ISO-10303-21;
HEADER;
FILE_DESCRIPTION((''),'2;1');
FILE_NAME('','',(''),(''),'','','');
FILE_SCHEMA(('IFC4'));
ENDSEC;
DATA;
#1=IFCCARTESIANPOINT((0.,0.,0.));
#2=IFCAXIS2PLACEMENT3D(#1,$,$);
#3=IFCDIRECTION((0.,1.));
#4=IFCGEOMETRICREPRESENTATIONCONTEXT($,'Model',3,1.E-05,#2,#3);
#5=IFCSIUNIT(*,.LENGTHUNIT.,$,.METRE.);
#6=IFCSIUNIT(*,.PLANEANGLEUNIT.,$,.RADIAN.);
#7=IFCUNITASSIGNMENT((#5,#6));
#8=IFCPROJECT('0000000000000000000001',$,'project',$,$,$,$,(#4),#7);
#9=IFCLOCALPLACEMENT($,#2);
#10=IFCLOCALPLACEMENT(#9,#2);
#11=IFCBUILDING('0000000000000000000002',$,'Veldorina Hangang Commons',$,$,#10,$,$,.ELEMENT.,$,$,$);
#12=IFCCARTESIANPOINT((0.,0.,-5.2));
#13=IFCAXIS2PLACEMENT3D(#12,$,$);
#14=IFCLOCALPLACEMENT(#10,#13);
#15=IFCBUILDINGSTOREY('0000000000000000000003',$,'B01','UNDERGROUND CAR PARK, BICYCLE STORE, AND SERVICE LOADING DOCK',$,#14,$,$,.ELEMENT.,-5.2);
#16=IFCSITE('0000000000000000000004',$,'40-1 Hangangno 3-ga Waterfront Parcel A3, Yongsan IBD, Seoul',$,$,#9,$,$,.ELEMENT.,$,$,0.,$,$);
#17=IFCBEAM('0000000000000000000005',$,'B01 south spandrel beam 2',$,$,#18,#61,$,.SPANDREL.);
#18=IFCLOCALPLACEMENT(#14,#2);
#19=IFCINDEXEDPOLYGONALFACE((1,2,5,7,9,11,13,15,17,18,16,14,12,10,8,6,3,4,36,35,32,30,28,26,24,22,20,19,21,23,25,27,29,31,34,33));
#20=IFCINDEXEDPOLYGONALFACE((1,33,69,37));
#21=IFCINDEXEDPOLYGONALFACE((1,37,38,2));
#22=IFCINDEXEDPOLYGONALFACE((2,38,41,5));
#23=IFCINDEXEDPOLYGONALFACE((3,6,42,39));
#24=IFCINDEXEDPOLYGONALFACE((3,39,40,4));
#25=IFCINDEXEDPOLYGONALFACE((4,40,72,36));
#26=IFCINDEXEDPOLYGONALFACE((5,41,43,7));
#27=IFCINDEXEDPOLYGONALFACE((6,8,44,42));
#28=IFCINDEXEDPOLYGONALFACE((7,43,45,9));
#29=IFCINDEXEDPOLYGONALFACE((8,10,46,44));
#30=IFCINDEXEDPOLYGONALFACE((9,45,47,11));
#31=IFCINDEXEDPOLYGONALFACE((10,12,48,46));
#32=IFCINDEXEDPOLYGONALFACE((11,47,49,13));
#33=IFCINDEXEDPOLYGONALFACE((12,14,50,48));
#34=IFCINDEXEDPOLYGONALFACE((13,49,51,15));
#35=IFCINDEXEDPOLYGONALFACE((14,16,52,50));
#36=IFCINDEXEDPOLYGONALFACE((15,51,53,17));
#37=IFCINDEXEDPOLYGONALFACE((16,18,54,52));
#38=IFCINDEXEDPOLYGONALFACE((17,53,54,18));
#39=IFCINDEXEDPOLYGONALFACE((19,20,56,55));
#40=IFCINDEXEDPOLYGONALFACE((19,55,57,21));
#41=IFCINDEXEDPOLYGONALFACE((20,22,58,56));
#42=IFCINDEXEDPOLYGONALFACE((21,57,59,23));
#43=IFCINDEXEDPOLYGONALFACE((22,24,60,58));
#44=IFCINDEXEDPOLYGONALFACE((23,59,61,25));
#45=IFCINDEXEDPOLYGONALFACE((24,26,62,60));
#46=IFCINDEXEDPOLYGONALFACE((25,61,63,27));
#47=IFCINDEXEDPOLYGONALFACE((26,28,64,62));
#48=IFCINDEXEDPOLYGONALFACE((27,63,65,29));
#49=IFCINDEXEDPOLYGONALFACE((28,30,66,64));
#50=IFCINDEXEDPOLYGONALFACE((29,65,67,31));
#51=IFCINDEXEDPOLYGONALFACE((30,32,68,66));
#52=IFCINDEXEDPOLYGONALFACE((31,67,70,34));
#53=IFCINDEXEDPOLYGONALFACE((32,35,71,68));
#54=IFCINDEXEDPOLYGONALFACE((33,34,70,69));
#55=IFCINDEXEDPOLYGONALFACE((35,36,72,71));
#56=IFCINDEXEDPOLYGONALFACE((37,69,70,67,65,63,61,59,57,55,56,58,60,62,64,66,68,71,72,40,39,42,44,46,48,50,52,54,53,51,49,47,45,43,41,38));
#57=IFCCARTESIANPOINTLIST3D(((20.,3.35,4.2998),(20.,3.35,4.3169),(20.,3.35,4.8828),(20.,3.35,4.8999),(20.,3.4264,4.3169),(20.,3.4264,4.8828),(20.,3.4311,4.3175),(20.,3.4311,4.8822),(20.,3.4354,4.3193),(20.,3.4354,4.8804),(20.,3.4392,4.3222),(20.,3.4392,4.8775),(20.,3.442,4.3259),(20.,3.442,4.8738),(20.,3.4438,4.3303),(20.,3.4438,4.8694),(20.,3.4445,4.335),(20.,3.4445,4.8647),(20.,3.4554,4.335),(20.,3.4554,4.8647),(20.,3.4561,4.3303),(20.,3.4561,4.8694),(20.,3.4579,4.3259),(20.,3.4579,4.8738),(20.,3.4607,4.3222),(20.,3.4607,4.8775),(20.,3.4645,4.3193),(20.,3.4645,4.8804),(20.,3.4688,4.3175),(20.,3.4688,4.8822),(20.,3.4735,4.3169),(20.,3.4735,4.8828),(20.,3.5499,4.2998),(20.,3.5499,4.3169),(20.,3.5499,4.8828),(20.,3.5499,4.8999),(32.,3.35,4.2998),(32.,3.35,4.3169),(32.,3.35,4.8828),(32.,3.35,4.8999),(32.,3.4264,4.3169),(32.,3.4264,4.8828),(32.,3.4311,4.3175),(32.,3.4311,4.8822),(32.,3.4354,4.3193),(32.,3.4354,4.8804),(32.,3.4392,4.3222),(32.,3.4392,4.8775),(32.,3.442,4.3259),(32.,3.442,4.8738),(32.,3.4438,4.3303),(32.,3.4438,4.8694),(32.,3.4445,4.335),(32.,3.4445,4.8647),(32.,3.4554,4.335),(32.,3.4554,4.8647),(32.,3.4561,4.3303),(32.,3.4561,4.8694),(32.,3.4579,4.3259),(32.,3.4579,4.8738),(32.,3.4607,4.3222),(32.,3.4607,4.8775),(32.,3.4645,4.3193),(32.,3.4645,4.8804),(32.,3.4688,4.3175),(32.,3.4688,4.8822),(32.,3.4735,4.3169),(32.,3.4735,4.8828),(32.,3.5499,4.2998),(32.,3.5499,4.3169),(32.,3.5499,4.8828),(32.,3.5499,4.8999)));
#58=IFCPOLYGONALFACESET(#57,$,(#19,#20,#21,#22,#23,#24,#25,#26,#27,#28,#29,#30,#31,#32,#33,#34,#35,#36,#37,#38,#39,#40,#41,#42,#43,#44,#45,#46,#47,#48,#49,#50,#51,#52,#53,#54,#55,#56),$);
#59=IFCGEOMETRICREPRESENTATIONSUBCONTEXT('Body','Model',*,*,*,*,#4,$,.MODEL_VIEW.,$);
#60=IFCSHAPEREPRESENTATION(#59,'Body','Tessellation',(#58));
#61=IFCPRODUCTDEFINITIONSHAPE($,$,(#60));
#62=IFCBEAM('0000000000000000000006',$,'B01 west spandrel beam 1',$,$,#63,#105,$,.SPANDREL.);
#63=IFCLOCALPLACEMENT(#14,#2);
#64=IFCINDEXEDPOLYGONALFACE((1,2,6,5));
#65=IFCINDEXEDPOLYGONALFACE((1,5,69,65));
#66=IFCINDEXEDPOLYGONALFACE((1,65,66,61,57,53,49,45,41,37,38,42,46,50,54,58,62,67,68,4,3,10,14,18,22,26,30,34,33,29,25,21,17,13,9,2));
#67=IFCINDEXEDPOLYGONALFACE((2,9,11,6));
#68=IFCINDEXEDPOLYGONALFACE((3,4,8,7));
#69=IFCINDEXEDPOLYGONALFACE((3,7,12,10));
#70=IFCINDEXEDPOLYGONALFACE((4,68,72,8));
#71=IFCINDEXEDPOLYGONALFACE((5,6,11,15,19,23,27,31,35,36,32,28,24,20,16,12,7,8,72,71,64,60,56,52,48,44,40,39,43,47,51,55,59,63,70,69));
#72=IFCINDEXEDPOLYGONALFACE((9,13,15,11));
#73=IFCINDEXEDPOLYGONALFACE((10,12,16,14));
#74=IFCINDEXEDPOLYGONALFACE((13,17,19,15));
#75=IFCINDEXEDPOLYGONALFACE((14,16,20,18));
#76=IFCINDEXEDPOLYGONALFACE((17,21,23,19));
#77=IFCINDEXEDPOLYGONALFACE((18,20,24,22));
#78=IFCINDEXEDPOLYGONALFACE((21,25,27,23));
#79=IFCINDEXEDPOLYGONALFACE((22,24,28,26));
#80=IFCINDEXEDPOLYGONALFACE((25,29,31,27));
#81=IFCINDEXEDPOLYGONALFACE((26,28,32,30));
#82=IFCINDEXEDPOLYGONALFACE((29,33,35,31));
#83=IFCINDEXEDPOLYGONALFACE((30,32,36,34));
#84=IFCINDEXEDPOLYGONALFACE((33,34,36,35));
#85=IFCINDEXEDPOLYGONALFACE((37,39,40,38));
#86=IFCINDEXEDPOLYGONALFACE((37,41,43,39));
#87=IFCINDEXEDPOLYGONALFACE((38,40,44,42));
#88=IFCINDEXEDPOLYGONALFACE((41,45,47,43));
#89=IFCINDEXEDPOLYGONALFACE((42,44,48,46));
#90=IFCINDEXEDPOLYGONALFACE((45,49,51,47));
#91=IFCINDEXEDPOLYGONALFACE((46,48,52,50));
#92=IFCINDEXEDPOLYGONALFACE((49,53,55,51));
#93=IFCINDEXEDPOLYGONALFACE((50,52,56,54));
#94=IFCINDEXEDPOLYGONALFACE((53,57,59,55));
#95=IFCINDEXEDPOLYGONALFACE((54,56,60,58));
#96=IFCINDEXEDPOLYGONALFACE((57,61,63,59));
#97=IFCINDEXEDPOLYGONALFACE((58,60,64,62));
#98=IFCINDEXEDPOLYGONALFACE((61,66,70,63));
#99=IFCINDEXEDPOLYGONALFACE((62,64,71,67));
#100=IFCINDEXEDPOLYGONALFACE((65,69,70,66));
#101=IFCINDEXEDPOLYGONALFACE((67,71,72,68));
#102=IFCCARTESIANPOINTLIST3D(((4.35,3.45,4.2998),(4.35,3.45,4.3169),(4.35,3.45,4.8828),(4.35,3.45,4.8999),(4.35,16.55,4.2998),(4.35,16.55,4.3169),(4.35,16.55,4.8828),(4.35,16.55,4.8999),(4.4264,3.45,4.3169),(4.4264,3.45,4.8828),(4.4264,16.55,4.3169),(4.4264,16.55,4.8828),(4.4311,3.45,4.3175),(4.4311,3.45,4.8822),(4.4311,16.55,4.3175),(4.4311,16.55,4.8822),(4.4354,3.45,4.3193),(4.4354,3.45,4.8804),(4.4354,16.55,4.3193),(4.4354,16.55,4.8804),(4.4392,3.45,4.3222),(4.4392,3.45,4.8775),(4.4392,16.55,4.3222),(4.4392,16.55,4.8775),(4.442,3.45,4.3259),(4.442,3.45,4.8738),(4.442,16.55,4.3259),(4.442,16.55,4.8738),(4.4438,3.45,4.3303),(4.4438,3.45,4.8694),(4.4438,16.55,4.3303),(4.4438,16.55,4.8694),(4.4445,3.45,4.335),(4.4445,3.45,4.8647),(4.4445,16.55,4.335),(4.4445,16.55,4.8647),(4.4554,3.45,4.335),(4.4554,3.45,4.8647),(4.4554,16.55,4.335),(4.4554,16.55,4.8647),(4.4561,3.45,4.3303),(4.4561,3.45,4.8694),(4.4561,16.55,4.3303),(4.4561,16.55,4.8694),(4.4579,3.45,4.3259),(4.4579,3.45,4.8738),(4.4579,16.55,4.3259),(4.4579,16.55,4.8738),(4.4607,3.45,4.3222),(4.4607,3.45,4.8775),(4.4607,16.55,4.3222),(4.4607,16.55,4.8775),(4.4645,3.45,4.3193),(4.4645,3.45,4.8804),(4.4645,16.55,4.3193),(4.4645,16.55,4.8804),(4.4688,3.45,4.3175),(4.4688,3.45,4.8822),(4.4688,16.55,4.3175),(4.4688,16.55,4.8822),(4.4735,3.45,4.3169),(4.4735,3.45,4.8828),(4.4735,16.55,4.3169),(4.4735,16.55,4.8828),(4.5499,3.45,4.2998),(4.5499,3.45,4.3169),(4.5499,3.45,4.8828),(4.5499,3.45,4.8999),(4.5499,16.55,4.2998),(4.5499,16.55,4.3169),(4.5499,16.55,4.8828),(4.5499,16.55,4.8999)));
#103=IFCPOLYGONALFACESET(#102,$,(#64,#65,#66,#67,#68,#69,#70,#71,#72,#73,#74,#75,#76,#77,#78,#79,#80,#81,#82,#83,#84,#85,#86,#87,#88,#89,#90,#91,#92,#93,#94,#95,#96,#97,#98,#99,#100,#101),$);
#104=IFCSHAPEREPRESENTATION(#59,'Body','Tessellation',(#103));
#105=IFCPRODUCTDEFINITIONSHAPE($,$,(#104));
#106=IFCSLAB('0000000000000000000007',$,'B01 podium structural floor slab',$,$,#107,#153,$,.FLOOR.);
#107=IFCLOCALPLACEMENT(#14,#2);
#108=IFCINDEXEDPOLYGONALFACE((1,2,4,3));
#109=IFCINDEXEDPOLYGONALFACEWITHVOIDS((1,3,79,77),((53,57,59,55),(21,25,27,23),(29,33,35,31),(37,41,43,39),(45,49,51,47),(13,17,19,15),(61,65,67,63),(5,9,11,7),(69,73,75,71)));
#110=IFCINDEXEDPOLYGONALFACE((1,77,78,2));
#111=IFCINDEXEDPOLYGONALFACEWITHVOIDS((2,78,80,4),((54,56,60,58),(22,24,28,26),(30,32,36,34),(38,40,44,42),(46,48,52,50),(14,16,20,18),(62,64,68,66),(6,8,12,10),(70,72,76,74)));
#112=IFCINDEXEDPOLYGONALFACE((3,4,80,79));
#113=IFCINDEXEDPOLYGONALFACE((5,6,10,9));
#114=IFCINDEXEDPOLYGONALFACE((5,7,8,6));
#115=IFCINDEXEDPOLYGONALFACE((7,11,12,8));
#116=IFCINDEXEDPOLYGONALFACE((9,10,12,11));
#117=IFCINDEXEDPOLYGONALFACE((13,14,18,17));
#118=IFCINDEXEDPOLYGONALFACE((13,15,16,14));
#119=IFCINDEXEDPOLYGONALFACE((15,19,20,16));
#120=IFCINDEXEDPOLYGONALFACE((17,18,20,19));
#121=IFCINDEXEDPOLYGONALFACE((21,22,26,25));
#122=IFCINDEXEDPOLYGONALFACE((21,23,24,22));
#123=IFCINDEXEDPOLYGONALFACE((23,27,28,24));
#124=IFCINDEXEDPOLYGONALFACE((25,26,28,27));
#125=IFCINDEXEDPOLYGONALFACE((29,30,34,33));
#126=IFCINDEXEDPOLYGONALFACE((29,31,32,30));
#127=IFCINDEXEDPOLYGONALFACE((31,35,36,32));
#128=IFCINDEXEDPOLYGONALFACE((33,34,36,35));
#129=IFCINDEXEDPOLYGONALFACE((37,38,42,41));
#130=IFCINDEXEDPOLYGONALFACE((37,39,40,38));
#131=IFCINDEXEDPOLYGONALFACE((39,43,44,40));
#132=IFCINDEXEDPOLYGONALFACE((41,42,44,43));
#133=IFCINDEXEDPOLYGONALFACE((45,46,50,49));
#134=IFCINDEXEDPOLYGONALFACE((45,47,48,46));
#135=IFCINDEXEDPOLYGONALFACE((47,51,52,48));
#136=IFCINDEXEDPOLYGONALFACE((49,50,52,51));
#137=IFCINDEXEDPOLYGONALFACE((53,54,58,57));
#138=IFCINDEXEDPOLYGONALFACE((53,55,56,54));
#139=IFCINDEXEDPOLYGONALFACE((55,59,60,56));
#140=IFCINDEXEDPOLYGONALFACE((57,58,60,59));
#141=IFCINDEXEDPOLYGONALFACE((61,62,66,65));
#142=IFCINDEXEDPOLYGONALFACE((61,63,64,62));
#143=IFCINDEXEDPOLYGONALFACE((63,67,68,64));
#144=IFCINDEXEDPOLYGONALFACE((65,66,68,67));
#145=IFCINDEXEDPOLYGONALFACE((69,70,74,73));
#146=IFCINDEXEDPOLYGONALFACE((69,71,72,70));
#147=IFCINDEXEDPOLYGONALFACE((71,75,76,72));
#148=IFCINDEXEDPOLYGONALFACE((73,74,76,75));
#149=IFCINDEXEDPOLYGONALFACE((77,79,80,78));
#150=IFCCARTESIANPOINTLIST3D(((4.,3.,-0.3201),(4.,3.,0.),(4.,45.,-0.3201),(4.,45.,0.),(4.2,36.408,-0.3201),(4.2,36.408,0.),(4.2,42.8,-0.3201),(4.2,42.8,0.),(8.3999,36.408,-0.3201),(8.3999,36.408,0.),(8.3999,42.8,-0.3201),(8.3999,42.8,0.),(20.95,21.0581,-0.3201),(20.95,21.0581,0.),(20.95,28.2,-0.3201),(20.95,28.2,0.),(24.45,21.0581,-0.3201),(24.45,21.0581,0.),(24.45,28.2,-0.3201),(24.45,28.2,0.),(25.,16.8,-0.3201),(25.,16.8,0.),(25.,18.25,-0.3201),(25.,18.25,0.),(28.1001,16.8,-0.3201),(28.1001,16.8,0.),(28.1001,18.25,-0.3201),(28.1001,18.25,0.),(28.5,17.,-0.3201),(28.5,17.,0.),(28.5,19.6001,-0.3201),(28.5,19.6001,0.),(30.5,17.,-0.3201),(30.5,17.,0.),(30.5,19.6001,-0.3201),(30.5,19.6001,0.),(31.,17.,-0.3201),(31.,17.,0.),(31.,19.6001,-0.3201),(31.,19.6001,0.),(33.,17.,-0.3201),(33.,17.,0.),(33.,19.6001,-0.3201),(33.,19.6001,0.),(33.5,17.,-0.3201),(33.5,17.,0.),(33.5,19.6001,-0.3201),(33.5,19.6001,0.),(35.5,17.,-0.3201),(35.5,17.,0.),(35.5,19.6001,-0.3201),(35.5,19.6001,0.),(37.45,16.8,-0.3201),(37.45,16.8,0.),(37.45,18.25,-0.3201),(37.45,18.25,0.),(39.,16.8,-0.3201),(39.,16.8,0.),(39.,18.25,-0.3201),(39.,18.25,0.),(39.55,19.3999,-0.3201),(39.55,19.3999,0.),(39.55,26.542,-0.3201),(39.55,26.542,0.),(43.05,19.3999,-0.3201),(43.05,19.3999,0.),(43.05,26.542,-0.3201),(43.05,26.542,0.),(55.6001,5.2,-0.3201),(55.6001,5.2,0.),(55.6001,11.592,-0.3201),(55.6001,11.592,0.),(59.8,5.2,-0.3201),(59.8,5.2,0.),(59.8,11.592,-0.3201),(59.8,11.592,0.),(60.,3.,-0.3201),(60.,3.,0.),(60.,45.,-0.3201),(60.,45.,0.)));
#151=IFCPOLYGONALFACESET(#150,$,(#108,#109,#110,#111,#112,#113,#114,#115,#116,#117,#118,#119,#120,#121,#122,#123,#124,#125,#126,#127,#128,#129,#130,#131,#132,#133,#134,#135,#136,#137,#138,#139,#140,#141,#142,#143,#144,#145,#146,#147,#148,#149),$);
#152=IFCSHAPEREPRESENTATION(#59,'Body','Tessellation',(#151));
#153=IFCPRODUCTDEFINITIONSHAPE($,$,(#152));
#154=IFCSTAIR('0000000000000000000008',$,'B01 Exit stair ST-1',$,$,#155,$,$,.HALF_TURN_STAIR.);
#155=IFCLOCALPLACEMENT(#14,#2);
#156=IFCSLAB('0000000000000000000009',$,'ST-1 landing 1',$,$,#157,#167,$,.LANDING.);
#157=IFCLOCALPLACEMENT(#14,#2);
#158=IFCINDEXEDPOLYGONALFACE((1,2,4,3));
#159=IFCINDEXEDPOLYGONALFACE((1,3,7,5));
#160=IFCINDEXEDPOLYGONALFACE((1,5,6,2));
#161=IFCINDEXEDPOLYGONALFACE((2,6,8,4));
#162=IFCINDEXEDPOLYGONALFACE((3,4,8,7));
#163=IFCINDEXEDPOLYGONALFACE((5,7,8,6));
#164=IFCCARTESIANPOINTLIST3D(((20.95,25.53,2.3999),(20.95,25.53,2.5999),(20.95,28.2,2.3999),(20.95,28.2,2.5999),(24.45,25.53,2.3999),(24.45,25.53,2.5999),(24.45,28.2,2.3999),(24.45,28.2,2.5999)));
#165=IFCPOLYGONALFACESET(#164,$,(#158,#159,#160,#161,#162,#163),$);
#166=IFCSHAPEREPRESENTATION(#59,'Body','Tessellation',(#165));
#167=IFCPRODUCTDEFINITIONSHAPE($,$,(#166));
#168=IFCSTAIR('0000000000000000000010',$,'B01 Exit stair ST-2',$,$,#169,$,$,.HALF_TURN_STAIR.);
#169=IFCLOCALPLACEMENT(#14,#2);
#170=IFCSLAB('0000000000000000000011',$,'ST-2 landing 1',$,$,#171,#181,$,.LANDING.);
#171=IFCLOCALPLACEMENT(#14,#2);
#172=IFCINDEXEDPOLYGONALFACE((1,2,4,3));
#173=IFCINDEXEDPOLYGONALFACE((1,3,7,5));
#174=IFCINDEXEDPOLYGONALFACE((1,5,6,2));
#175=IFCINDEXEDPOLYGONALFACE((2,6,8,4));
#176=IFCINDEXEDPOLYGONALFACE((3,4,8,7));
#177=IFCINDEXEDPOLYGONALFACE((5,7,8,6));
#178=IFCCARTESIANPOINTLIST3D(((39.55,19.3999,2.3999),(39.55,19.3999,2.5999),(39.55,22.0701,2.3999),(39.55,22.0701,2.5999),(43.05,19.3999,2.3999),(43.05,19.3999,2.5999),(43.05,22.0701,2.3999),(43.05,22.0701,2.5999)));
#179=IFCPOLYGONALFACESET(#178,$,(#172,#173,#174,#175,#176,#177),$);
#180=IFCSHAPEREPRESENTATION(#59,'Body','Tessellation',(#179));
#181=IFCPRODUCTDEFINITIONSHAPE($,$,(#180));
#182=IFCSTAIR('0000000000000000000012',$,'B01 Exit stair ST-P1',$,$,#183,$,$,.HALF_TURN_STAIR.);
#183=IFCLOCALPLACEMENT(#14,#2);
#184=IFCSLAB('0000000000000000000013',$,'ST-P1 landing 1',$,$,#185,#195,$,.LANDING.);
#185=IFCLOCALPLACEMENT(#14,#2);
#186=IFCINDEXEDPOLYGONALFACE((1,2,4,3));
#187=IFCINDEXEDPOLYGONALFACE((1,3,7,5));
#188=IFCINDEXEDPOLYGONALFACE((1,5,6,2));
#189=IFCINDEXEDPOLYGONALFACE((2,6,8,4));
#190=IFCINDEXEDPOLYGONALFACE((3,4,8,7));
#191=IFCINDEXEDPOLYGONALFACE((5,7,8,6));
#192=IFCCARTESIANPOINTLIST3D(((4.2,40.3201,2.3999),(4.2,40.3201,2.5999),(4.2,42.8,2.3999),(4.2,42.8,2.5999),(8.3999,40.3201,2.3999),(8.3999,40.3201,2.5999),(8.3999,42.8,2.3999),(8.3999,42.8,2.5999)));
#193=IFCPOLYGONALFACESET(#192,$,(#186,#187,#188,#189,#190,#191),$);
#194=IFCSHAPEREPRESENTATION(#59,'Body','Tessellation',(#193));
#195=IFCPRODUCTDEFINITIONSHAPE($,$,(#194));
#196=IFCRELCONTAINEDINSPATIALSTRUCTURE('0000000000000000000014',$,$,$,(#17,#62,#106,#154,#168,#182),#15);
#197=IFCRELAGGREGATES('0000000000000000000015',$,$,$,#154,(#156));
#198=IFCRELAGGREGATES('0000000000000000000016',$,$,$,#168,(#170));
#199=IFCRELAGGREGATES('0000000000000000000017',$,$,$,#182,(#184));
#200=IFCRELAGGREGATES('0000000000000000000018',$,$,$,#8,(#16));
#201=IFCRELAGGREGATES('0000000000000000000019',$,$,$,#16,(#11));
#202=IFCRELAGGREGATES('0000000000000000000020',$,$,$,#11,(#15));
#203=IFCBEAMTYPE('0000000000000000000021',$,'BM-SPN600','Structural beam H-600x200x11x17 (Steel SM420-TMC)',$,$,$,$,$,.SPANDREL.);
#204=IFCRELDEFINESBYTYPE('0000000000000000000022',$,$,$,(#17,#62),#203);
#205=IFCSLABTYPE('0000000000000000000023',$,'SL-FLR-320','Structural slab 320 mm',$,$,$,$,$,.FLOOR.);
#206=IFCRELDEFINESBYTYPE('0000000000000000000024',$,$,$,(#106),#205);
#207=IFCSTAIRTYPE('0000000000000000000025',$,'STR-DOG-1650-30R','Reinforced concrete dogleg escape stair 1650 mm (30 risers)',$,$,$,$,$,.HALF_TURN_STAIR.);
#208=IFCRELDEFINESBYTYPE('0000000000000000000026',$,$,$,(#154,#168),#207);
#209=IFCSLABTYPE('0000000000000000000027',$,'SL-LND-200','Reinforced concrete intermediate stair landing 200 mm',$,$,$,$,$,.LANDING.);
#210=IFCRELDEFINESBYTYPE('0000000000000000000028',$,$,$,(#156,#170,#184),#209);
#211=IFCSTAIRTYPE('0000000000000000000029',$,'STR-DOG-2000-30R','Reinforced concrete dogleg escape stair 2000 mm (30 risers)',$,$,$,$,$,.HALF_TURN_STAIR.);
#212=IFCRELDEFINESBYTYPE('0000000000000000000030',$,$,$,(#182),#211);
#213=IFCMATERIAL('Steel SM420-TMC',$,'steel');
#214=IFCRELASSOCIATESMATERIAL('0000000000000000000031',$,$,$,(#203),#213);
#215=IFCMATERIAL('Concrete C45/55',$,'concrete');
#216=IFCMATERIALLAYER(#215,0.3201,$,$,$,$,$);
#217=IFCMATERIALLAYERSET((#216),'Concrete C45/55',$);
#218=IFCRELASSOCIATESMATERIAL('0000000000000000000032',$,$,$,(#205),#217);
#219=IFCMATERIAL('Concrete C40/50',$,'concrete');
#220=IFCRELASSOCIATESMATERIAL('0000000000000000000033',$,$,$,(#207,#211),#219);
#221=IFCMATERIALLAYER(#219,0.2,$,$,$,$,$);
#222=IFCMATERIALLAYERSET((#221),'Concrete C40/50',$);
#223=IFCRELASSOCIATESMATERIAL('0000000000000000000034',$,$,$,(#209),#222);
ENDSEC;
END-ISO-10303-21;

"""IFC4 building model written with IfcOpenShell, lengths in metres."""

from ifc_helpers import new_model, si_unit, direction, frame, origin, origin_2d, place, context, subcontext, project, spatial, polyline, i_section, outline, extrude, material, layer, layer_set, material_profile, profile_set, type_object, element, aggregate, save


model = new_model("IFC4")

# Units and contexts
model_context = context("Model", 3, precision=1e-05, world=origin(), true_north=direction((0.0, 1.0)))
body_context = subcontext(model_context, "Body", "Model", "MODEL_VIEW")
ifc_project = project(units=[si_unit("LENGTHUNIT", "METRE"), si_unit("PLANEANGLEUNIT", "RADIAN")], contexts=[model_context])

# Site, building, storey
site_placement = place(None, origin())
site = spatial("IfcSite", under=ifc_project, at=site_placement, Name="40-1 Hangangno 3-ga Waterfront Parcel A3, Yongsan IBD, Seoul", CompositionType="ELEMENT", RefElevation=0.0)
building_placement = place(site_placement, origin())
building = spatial("IfcBuilding", under=site, at=building_placement, Name="Veldorina Hangang Commons", CompositionType="ELEMENT")
storey_placement = place(building_placement, frame((0.0, 0.0, -5.2)))
storey = spatial("IfcBuildingStorey", under=building, at=storey_placement, Name="B01", Description="UNDERGROUND CAR PARK, BICYCLE STORE, AND SERVICE LOADING DOCK", CompositionType="ELEMENT", Elevation=-5.2)

# Beams
ifc_material_1 = material(Name="Steel SM420-TMC", Category="steel")
ifc_material_profile_1 = material_profile(ifc_material_1, i_section(OverallWidth=0.2, OverallDepth=0.6001, WebThickness=0.011, FlangeThickness=0.0171, FilletRadius=0.0181, at=origin_2d()), Name="H-600x200x11x17")
ifc_profile_set_1 = profile_set([ifc_material_profile_1], Name="Steel SM420-TMC")
beam_type = type_object("IfcBeamType", Name="BM-SPN600", Description="Structural beam H-600x200x11x17 (Steel SM420-TMC)", PredefinedType="SPANDREL", material=ifc_profile_set_1)
beam_1_placement = place(storey_placement, frame((20.0, 3.45, 4.5999), z_axis=(1.0, 0.0, 0.0), x_axis=(0.0, 1.0, 0.0)))
element("IfcBeam", 1, at=beam_1_placement, inside=storey, type_object=beam_type, Name="B01 south spandrel beam 2", PredefinedType="SPANDREL", context=body_context, shape_type="SweptSolid", body=[
    extrude(i_section(OverallWidth=0.2, OverallDepth=0.6001, WebThickness=0.011, FlangeThickness=0.0171, FilletRadius=0.0181, at=origin_2d()), origin(), (0.0, 0.0, 1.0), 12.0),
])
beam_2_placement = place(storey_placement, frame((4.45, 3.45, 4.5999), z_axis=(0.0, 1.0, 0.0), x_axis=(-1.0, 0.0, 0.0)))
element("IfcBeam", 2, at=beam_2_placement, inside=storey, type_object=beam_type, Name="B01 west spandrel beam 1", PredefinedType="SPANDREL", context=body_context, shape_type="SweptSolid", body=[
    extrude(i_section(OverallWidth=0.2, OverallDepth=0.6001, WebThickness=0.011, FlangeThickness=0.0171, FilletRadius=0.0181, at=origin_2d()), origin(), (0.0, 0.0, 1.0), 13.1001),
])

# Slab
ifc_material_2 = material(Name="Concrete C45/55", Category="concrete")
ifc_layer_1 = layer(ifc_material_2, 0.3201)
ifc_layer_set_1 = layer_set([ifc_layer_1], Name="Concrete C45/55")
slab_type_1 = type_object("IfcSlabType", Name="SL-FLR-320", Description="Structural slab 320 mm", PredefinedType="FLOOR", material=ifc_layer_set_1)
slab_1_placement = place(storey_placement, frame((0.0, 0.0, -0.3201)))
element("IfcSlab", 3, at=slab_1_placement, inside=storey, type_object=slab_type_1, Name="B01 podium structural floor slab", PredefinedType="FLOOR", context=body_context, shape_type="SweptSolid", body=[
    extrude(outline(polyline([(4.0, 3.0), (60.0, 3.0), (60.0, 45.0), (4.0, 45.0), (4.0, 3.0)]), holes=[polyline([(20.95, 21.0581), (20.95, 28.2), (24.45, 28.2), (24.45, 21.0581), (20.95, 21.0581)]), polyline([(43.05, 26.542), (43.05, 19.3999), (39.55, 19.3999), (39.55, 26.542), (43.05, 26.542)]), polyline([(4.2, 36.408), (4.2, 42.8), (8.3999, 42.8), (8.3999, 36.408), (4.2, 36.408)]), polyline([(59.8, 11.592), (59.8, 5.2), (55.6001, 5.2), (55.6001, 11.592), (59.8, 11.592)]), polyline([(28.5, 19.6001), (30.5, 19.6001), (30.5, 17.0), (28.5, 17.0), (28.5, 19.6001)]), polyline([(31.0, 19.6001), (33.0, 19.6001), (33.0, 17.0), (31.0, 17.0), (31.0, 19.6001)]), polyline([(33.5, 19.6001), (35.5, 19.6001), (35.5, 17.0), (33.5, 17.0), (33.5, 19.6001)]), polyline([(25.0, 18.25), (28.1001, 18.25), (28.1001, 16.8), (25.0, 16.8), (25.0, 18.25)]), polyline([(37.45, 18.25), (39.0, 18.25), (39.0, 16.8), (37.45, 16.8), (37.45, 18.25)])]), origin(), (0.0, 0.0, 1.0), 0.3201),
])

# Stairs, slabs
ifc_material_3 = material(Name="Concrete C40/50", Category="concrete")
stair_type_1 = type_object("IfcStairType", Name="STR-DOG-1650-30R", Description="Reinforced concrete dogleg escape stair 1650 mm (30 risers)", PredefinedType="HALF_TURN_STAIR", material=ifc_material_3)
stair_1_placement = place(storey_placement, origin())
stair_1 = element("IfcStair", 4, at=stair_1_placement, inside=storey, type_object=stair_type_1, Name="B01 Exit stair ST-1", PredefinedType="HALF_TURN_STAIR")
ifc_layer_2 = layer(ifc_material_3, 0.2)
ifc_layer_set_2 = layer_set([ifc_layer_2], Name="Concrete C40/50")
slab_type_2 = type_object("IfcSlabType", Name="SL-LND-200", Description="Reinforced concrete intermediate stair landing 200 mm", PredefinedType="LANDING", material=ifc_layer_set_2)
slab_2_placement = place(storey_placement, frame((0.0, 0.0, 2.3999)))
slab_2 = element("IfcSlab", 5, at=slab_2_placement, type_object=slab_type_2, Name="ST-1 landing 1", PredefinedType="LANDING", context=body_context, shape_type="SweptSolid", body=[
    extrude(outline(polyline([(24.45, 25.53), (24.45, 28.2), (20.95, 28.2), (20.95, 25.53), (24.45, 25.53)])), origin(), (0.0, 0.0, 1.0), 0.2),
])
aggregate(stair_1, [slab_2])
stair_2_placement = place(storey_placement, origin())
stair_2 = element("IfcStair", 6, at=stair_2_placement, inside=storey, type_object=stair_type_1, Name="B01 Exit stair ST-2", PredefinedType="HALF_TURN_STAIR")
slab_3_placement = place(storey_placement, frame((0.0, 0.0, 2.3999)))
slab_3 = element("IfcSlab", 7, at=slab_3_placement, type_object=slab_type_2, Name="ST-2 landing 1", PredefinedType="LANDING", context=body_context, shape_type="SweptSolid", body=[
    extrude(outline(polyline([(39.55, 22.0701), (39.55, 19.3999), (43.05, 19.3999), (43.05, 22.0701), (39.55, 22.0701)])), origin(), (0.0, 0.0, 1.0), 0.2),
])
aggregate(stair_2, [slab_3])
stair_type_2 = type_object("IfcStairType", Name="STR-DOG-2000-30R", Description="Reinforced concrete dogleg escape stair 2000 mm (30 risers)", PredefinedType="HALF_TURN_STAIR", material=ifc_material_3)
stair_3_placement = place(storey_placement, origin())
stair_3 = element("IfcStair", 8, at=stair_3_placement, inside=storey, type_object=stair_type_2, Name="B01 Exit stair ST-P1", PredefinedType="HALF_TURN_STAIR")
slab_4_placement = place(storey_placement, frame((0.0, 0.0, 2.3999)))
slab_4 = element("IfcSlab", 9, at=slab_4_placement, type_object=slab_type_2, Name="ST-P1 landing 1", PredefinedType="LANDING", context=body_context, shape_type="SweptSolid", body=[
    extrude(outline(polyline([(8.3999, 40.3201), (8.3999, 42.8), (4.2, 42.8), (4.2, 40.3201), (8.3999, 40.3201)])), origin(), (0.0, 0.0, 1.0), 0.2),
])
aggregate(stair_3, [slab_4])

save(model, "model.ifc")
